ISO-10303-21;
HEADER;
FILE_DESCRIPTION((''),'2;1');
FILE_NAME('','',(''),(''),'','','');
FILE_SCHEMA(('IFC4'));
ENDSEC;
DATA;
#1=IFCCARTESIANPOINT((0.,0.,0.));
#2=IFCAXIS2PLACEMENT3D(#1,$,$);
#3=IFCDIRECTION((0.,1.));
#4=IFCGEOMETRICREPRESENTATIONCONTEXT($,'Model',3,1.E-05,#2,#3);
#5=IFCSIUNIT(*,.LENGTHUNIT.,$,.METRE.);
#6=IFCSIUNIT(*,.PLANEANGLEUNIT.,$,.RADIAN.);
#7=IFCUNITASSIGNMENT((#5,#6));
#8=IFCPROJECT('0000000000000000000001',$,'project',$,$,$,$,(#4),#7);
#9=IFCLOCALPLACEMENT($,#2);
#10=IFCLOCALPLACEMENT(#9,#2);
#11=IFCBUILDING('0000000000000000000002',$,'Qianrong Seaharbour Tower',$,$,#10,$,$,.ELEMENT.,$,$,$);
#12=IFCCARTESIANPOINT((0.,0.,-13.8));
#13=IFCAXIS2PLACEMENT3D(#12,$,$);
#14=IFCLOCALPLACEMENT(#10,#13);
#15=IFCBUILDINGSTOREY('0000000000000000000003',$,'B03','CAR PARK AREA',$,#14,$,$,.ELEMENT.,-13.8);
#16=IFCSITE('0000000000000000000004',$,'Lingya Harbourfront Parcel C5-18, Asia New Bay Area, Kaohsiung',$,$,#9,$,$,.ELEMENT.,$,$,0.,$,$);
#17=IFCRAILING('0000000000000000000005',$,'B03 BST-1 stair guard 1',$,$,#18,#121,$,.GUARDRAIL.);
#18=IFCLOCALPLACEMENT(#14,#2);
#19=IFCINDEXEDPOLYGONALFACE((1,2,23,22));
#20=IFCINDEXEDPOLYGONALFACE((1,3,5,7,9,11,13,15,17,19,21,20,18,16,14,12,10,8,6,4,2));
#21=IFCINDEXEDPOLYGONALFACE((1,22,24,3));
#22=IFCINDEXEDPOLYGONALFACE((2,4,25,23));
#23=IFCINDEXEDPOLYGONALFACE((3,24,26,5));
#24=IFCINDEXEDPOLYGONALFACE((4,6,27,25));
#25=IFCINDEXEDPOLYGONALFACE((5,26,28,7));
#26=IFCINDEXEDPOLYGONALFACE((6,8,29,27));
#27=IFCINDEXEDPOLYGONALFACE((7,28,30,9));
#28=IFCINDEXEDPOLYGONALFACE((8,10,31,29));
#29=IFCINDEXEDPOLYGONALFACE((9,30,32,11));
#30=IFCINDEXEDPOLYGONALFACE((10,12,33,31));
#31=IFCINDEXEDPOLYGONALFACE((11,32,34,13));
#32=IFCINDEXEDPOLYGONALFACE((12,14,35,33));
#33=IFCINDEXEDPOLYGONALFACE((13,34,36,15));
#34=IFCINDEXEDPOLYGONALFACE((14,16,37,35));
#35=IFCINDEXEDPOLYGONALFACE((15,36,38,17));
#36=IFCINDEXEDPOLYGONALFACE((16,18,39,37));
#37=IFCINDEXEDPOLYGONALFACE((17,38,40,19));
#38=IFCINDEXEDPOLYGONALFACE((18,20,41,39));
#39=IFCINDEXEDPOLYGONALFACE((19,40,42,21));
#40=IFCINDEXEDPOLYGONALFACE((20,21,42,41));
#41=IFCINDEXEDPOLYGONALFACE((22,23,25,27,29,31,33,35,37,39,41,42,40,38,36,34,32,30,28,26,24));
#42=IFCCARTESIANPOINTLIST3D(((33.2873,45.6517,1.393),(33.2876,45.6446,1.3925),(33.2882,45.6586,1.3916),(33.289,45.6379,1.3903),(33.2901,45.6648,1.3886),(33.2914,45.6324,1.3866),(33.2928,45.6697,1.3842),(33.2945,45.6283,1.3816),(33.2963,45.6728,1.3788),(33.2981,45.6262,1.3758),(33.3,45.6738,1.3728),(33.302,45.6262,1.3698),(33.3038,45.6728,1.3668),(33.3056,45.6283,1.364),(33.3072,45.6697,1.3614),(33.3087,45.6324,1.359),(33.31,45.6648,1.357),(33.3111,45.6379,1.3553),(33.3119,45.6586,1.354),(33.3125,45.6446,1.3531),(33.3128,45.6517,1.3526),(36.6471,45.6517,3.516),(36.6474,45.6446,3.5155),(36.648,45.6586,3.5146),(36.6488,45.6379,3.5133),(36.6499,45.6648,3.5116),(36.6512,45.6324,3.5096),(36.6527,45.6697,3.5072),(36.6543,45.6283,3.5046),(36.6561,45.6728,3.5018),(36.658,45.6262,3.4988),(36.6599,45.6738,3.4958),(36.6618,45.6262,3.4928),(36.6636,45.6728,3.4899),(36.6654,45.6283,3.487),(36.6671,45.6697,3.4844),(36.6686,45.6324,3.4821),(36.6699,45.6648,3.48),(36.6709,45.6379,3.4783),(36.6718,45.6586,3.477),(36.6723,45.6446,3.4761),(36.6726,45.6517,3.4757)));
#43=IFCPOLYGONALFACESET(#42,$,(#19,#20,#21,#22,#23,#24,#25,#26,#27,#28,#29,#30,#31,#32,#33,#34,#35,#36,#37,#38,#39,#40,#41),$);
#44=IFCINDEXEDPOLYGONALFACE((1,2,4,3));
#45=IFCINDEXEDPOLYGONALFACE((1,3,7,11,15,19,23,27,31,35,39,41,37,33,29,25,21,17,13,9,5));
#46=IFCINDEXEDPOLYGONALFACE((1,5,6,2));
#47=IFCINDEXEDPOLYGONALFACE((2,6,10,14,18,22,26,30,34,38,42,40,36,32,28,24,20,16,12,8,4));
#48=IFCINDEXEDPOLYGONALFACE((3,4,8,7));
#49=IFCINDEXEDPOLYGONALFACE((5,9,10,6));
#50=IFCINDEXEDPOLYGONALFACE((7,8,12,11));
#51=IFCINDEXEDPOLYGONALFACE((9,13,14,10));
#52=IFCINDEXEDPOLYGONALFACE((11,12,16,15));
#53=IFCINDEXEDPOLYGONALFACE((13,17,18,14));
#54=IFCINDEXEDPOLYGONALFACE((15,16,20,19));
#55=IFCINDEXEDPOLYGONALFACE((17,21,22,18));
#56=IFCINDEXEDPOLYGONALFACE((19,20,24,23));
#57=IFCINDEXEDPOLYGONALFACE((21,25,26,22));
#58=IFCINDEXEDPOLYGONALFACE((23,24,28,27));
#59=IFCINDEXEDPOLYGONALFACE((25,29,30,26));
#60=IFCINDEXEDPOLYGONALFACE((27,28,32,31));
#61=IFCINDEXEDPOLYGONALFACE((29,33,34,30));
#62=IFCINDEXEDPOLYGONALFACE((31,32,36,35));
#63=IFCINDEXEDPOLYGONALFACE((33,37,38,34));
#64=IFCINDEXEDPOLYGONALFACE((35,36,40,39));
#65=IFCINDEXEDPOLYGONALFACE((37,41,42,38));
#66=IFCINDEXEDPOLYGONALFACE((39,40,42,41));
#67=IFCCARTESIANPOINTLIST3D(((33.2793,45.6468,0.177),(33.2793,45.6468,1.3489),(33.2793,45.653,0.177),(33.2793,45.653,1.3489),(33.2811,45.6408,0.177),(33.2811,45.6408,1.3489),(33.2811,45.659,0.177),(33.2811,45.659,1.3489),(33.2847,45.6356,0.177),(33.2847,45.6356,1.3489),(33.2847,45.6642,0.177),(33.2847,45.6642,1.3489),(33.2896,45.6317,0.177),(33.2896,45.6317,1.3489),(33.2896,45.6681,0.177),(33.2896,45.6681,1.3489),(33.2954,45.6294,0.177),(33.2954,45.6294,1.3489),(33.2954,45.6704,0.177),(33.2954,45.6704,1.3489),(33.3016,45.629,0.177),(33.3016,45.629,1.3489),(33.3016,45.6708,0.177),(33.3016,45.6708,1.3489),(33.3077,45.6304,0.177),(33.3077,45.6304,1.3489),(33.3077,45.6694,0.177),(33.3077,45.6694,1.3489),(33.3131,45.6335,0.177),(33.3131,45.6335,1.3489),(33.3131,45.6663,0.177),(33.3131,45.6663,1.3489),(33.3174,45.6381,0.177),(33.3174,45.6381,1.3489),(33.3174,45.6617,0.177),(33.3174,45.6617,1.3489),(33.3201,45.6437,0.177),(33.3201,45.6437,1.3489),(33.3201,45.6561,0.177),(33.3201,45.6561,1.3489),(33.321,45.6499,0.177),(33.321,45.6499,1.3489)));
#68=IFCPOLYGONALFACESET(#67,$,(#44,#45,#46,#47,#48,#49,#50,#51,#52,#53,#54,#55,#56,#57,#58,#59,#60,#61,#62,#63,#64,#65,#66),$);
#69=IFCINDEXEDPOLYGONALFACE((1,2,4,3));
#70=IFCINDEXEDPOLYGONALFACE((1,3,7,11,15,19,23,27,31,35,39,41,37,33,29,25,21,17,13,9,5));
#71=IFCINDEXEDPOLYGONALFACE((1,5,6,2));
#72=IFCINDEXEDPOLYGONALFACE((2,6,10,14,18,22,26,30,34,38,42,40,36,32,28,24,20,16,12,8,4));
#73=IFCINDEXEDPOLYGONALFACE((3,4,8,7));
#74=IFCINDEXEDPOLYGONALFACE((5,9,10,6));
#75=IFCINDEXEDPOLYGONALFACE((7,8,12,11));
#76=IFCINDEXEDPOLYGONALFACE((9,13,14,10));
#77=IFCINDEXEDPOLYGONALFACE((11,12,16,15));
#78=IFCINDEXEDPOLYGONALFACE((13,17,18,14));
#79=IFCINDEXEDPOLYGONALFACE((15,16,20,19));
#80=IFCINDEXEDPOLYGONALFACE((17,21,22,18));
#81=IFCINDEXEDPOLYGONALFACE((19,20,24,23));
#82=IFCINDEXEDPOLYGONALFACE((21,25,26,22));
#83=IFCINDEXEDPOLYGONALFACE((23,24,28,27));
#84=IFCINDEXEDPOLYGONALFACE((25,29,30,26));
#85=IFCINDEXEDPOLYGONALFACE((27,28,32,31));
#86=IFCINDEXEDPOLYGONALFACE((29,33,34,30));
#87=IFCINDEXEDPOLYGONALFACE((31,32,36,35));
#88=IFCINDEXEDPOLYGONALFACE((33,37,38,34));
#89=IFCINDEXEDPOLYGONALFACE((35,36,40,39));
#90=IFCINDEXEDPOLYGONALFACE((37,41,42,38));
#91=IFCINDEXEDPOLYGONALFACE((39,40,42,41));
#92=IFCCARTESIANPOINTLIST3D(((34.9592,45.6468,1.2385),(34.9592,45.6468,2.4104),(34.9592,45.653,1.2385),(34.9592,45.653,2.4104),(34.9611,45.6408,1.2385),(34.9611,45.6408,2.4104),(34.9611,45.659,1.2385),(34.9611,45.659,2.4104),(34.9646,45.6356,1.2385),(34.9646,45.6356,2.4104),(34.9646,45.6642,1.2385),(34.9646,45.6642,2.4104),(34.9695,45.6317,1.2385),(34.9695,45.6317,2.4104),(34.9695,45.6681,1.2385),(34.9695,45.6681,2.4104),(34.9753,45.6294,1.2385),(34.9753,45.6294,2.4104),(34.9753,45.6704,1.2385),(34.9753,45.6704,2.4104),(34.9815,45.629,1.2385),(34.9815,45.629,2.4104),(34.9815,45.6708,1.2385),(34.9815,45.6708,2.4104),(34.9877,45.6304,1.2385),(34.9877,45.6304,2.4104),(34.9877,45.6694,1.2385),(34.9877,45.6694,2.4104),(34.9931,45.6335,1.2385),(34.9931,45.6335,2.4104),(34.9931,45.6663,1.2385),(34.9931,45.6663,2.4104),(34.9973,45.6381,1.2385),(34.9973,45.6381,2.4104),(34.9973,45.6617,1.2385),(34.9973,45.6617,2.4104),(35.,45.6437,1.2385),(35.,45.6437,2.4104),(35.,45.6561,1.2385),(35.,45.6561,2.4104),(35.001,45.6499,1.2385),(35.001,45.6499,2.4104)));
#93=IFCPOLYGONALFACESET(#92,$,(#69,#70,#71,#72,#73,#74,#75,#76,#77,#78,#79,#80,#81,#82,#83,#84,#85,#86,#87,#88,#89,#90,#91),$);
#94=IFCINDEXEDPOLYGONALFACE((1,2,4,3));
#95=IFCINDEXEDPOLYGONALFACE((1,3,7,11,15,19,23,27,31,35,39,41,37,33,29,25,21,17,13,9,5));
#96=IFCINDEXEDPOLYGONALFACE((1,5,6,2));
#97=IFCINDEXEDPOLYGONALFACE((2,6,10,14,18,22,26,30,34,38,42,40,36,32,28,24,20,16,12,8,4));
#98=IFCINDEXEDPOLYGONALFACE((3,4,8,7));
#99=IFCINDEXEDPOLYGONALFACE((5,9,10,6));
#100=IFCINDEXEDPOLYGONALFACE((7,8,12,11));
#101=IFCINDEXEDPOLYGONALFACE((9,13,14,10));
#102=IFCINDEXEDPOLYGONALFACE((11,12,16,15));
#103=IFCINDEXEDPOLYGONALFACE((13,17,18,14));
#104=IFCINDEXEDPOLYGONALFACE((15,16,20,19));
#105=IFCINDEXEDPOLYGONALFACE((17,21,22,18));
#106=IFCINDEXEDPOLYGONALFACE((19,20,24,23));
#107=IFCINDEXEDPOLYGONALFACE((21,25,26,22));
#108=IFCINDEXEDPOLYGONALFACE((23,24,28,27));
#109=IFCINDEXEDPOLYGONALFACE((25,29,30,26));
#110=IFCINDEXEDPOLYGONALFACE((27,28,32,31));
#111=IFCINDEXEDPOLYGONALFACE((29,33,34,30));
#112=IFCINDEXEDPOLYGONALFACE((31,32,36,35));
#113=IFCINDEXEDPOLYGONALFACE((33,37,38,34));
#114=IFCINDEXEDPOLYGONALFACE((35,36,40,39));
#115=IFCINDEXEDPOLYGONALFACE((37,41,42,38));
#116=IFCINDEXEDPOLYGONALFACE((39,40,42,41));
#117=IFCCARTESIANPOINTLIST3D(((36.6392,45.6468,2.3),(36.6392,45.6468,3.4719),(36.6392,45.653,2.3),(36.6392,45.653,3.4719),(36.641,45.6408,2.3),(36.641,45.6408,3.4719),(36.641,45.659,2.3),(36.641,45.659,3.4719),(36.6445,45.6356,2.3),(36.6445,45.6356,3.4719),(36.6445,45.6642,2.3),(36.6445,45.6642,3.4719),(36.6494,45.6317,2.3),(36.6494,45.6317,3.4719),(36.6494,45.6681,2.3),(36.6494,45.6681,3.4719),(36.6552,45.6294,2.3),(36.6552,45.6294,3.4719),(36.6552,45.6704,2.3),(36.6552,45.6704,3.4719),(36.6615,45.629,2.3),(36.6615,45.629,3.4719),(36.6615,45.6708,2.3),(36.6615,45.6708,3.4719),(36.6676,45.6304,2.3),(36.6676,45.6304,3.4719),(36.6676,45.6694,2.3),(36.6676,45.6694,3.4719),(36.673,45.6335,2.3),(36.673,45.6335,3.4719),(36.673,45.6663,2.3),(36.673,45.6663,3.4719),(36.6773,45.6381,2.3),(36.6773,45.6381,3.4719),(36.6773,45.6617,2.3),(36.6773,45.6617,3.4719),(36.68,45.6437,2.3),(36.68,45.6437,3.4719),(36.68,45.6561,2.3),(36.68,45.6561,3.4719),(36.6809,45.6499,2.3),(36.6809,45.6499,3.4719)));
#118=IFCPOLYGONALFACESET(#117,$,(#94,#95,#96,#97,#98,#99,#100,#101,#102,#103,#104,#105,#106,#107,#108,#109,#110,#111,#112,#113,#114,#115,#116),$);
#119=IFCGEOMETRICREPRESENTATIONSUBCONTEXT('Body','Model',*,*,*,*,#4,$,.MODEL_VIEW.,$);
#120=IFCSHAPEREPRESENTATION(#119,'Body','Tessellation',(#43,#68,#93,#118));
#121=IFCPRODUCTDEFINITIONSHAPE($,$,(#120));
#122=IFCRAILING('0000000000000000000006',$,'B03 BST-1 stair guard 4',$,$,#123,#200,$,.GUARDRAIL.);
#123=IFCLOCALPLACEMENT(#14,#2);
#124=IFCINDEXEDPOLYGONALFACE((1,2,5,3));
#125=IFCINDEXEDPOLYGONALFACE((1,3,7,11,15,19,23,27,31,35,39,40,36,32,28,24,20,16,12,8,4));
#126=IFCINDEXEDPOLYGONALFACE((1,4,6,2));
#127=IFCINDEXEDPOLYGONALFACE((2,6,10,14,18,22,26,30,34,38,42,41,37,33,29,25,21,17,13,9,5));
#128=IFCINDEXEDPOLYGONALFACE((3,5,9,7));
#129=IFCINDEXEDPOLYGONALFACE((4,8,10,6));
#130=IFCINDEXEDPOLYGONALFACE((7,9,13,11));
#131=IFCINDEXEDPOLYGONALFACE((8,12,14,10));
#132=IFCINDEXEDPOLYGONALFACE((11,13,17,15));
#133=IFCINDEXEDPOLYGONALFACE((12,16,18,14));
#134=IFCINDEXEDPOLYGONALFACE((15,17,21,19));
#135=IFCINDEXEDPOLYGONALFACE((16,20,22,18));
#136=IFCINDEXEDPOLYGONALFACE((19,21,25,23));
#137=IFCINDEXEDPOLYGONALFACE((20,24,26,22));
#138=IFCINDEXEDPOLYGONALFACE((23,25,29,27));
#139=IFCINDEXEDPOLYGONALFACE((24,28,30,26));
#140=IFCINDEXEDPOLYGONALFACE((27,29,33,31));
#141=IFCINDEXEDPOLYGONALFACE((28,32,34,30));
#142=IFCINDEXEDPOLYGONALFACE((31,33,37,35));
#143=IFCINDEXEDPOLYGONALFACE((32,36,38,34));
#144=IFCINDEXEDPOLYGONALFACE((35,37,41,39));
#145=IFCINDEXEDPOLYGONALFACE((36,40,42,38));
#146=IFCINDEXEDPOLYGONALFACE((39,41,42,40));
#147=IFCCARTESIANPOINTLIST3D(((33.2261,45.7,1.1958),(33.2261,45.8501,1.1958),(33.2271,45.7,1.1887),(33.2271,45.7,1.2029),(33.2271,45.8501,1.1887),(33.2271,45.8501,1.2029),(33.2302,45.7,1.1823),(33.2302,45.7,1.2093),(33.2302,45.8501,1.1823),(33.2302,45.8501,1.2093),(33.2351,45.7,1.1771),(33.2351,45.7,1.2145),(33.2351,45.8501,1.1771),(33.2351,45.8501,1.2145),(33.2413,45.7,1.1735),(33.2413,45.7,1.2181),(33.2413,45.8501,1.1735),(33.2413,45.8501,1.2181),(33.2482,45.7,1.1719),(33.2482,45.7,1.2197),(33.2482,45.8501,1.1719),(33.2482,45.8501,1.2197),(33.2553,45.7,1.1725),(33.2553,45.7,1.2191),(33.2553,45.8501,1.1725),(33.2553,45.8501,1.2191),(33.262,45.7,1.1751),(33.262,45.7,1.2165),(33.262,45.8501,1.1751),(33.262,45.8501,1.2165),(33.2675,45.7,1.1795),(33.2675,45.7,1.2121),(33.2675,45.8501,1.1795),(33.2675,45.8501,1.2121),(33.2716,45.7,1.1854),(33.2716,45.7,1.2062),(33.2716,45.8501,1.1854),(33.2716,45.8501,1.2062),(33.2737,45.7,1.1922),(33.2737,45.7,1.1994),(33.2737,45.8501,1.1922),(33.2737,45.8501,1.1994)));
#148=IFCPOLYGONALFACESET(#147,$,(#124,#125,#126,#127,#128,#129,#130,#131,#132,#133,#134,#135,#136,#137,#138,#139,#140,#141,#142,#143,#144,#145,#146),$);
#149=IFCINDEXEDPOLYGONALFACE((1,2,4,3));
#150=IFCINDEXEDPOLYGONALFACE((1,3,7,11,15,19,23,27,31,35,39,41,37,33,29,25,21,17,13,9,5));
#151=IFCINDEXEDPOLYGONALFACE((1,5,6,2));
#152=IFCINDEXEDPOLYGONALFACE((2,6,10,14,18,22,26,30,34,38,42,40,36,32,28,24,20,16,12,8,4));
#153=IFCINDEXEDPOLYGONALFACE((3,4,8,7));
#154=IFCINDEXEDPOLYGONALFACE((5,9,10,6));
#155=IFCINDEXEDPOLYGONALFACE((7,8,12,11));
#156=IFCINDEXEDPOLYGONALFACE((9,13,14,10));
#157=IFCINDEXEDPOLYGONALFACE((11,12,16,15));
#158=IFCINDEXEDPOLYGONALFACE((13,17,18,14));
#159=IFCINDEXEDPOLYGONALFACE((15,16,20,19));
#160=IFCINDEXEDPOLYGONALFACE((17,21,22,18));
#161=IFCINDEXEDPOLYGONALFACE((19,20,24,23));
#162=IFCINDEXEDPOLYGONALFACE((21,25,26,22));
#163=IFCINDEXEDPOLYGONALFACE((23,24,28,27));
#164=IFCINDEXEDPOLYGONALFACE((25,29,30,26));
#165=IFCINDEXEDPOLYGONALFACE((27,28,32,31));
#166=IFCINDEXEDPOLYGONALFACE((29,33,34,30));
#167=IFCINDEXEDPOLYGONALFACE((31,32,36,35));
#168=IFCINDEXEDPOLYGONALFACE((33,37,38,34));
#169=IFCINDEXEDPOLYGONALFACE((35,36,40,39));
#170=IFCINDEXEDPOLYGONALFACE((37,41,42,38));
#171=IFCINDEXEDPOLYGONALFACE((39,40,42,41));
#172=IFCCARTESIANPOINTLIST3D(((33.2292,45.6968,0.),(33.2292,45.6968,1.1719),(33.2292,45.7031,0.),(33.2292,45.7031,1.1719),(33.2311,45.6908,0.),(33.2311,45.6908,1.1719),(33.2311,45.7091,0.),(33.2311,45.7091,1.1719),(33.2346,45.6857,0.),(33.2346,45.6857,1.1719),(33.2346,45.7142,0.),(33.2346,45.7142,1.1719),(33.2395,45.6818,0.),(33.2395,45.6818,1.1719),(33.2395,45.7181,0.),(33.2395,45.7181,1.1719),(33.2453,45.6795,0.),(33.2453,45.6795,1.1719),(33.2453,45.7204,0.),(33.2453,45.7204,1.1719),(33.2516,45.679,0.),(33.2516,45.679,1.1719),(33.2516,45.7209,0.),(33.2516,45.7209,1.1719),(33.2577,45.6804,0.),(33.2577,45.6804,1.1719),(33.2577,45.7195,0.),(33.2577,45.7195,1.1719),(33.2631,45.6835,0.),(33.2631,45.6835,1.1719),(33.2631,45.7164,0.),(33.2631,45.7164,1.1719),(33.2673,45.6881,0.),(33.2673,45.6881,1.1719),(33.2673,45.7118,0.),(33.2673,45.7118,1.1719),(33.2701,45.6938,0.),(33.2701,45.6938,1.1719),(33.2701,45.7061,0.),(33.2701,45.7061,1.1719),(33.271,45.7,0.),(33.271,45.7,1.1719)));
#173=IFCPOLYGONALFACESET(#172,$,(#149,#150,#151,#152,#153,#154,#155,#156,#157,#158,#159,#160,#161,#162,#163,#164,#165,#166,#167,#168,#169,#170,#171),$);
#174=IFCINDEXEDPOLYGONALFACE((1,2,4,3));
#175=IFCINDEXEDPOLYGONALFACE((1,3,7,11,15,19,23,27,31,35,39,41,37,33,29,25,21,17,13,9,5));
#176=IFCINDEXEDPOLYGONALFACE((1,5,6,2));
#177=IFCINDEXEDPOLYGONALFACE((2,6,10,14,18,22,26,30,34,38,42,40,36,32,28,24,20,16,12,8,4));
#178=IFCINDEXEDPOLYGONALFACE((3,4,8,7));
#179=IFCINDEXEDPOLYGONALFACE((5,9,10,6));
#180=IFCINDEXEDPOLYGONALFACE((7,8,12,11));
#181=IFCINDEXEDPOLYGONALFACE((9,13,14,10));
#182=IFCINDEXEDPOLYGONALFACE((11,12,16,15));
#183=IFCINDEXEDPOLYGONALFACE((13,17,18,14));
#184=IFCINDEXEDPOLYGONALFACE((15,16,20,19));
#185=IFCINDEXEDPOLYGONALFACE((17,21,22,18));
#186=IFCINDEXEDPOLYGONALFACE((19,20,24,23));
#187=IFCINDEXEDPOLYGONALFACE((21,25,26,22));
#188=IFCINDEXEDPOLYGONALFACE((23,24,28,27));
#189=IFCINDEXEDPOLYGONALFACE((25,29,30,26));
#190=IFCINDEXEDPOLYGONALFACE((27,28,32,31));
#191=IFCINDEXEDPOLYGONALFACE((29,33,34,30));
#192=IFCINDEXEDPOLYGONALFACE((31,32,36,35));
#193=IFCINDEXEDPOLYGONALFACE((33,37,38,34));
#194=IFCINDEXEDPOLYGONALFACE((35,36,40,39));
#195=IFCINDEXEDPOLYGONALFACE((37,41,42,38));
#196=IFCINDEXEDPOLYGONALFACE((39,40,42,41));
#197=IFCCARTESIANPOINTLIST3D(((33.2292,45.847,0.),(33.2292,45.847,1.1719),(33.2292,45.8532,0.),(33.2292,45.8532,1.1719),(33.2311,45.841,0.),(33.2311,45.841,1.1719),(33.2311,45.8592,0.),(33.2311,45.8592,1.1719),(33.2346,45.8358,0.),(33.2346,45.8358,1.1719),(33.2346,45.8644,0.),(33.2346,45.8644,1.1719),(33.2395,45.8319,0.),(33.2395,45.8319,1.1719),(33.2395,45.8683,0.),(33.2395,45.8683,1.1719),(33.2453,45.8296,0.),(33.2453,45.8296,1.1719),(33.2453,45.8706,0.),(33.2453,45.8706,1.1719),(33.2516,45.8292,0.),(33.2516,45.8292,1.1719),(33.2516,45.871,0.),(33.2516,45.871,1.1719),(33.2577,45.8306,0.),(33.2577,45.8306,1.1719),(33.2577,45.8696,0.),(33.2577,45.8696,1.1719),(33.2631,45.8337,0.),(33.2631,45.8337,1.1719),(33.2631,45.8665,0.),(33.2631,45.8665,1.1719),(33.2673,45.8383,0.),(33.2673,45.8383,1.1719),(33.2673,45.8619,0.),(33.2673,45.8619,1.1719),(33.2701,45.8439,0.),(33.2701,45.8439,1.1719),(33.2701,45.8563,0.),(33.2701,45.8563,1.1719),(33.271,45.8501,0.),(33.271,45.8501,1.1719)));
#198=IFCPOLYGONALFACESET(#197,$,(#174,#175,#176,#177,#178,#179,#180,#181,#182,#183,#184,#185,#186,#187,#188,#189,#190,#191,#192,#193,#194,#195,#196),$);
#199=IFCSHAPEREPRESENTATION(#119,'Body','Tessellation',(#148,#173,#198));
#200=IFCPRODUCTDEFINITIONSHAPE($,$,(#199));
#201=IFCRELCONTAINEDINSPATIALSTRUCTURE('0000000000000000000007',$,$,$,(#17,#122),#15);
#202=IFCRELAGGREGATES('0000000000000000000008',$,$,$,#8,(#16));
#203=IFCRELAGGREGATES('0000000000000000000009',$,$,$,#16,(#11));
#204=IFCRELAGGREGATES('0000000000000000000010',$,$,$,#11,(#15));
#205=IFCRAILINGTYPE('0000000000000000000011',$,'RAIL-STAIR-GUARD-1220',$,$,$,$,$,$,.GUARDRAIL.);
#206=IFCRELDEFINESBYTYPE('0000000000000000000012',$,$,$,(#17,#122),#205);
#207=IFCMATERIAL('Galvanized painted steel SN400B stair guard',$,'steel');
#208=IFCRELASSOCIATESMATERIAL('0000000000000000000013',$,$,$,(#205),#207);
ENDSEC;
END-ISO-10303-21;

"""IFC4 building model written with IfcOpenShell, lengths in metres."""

from ifc_helpers import new_model, si_unit, direction, frame, origin, origin_2d, place, context, subcontext, project, spatial, circle, extrude, material, type_object, element, save


model = new_model("IFC4")

# Units and contexts
model_context = context("Model", 3, precision=1e-05, world=origin(), true_north=direction((0.0, 1.0)))
body_context = subcontext(model_context, "Body", "Model", "MODEL_VIEW")
ifc_project = project(units=[si_unit("LENGTHUNIT", "METRE"), si_unit("PLANEANGLEUNIT", "RADIAN")], contexts=[model_context])

# Site, building, storey
site_placement = place(None, origin())
site = spatial("IfcSite", under=ifc_project, at=site_placement, Name="Lingya Harbourfront Parcel C5-18, Asia New Bay Area, Kaohsiung", CompositionType="ELEMENT", RefElevation=0.0)
building_placement = place(site_placement, origin())
building = spatial("IfcBuilding", under=site, at=building_placement, Name="Qianrong Seaharbour Tower", CompositionType="ELEMENT")
storey_placement = place(building_placement, frame((0.0, 0.0, -13.8)))
storey = spatial("IfcBuildingStorey", under=building, at=storey_placement, Name="B03", Description="CAR PARK AREA", CompositionType="ELEMENT", Elevation=-13.8)

# Railings
ifc_material_1 = material(Name="Galvanized painted steel SN400B stair guard", Category="steel")
railing_type = type_object("IfcRailingType", Name="RAIL-STAIR-GUARD-1220", PredefinedType="GUARDRAIL", material=ifc_material_1)
railing_1_placement = place(storey_placement, frame((33.3, 45.6499, 0.177)))
element("IfcRailing", 1, at=railing_1_placement, inside=storey, type_object=railing_type, Name="B03 BST-1 stair guard 1", PredefinedType="GUARDRAIL", context=body_context, shape_type="SweptSolid", body=[
    extrude(circle(Radius=0.0239, at=origin_2d()), frame((0.0, 0.0, 1.1958), z_axis=(0.845372, 0.0, 0.534178), x_axis=(0.0, 1.0, 0.0)), (0.0, 0.0, 1.0), 3.9744),
    extrude(circle(Radius=0.021, at=origin_2d()), origin(), (0.0, 0.0, 1.0), 1.1719),
    extrude(circle(Radius=0.021, at=origin_2d()), frame((1.6799, 0.0, 1.0615)), (0.0, 0.0, 1.0), 1.1719),
    extrude(circle(Radius=0.021, at=origin_2d()), frame((3.3599, 0.0, 2.123)), (0.0, 0.0, 1.0), 1.1719),
])
railing_2_placement = place(storey_placement, frame((33.25, 45.7, 0.0)))
element("IfcRailing", 2, at=railing_2_placement, inside=storey, type_object=railing_type, Name="B03 BST-1 stair guard 4", PredefinedType="GUARDRAIL", context=body_context, shape_type="SweptSolid", body=[
    extrude(circle(Radius=0.0239, at=origin_2d()), frame((0.0, 0.0, 1.1958), z_axis=(0.0, 1.0, 0.0), x_axis=(-1.0, 0.0, 0.0)), (0.0, 0.0, 1.0), 0.1501),
    extrude(circle(Radius=0.021, at=origin_2d()), origin(), (0.0, 0.0, 1.0), 1.1719),
    extrude(circle(Radius=0.021, at=origin_2d()), frame((0.0, 0.1501, 0.0)), (0.0, 0.0, 1.0), 1.1719),
])

save(model, "model.ifc")
